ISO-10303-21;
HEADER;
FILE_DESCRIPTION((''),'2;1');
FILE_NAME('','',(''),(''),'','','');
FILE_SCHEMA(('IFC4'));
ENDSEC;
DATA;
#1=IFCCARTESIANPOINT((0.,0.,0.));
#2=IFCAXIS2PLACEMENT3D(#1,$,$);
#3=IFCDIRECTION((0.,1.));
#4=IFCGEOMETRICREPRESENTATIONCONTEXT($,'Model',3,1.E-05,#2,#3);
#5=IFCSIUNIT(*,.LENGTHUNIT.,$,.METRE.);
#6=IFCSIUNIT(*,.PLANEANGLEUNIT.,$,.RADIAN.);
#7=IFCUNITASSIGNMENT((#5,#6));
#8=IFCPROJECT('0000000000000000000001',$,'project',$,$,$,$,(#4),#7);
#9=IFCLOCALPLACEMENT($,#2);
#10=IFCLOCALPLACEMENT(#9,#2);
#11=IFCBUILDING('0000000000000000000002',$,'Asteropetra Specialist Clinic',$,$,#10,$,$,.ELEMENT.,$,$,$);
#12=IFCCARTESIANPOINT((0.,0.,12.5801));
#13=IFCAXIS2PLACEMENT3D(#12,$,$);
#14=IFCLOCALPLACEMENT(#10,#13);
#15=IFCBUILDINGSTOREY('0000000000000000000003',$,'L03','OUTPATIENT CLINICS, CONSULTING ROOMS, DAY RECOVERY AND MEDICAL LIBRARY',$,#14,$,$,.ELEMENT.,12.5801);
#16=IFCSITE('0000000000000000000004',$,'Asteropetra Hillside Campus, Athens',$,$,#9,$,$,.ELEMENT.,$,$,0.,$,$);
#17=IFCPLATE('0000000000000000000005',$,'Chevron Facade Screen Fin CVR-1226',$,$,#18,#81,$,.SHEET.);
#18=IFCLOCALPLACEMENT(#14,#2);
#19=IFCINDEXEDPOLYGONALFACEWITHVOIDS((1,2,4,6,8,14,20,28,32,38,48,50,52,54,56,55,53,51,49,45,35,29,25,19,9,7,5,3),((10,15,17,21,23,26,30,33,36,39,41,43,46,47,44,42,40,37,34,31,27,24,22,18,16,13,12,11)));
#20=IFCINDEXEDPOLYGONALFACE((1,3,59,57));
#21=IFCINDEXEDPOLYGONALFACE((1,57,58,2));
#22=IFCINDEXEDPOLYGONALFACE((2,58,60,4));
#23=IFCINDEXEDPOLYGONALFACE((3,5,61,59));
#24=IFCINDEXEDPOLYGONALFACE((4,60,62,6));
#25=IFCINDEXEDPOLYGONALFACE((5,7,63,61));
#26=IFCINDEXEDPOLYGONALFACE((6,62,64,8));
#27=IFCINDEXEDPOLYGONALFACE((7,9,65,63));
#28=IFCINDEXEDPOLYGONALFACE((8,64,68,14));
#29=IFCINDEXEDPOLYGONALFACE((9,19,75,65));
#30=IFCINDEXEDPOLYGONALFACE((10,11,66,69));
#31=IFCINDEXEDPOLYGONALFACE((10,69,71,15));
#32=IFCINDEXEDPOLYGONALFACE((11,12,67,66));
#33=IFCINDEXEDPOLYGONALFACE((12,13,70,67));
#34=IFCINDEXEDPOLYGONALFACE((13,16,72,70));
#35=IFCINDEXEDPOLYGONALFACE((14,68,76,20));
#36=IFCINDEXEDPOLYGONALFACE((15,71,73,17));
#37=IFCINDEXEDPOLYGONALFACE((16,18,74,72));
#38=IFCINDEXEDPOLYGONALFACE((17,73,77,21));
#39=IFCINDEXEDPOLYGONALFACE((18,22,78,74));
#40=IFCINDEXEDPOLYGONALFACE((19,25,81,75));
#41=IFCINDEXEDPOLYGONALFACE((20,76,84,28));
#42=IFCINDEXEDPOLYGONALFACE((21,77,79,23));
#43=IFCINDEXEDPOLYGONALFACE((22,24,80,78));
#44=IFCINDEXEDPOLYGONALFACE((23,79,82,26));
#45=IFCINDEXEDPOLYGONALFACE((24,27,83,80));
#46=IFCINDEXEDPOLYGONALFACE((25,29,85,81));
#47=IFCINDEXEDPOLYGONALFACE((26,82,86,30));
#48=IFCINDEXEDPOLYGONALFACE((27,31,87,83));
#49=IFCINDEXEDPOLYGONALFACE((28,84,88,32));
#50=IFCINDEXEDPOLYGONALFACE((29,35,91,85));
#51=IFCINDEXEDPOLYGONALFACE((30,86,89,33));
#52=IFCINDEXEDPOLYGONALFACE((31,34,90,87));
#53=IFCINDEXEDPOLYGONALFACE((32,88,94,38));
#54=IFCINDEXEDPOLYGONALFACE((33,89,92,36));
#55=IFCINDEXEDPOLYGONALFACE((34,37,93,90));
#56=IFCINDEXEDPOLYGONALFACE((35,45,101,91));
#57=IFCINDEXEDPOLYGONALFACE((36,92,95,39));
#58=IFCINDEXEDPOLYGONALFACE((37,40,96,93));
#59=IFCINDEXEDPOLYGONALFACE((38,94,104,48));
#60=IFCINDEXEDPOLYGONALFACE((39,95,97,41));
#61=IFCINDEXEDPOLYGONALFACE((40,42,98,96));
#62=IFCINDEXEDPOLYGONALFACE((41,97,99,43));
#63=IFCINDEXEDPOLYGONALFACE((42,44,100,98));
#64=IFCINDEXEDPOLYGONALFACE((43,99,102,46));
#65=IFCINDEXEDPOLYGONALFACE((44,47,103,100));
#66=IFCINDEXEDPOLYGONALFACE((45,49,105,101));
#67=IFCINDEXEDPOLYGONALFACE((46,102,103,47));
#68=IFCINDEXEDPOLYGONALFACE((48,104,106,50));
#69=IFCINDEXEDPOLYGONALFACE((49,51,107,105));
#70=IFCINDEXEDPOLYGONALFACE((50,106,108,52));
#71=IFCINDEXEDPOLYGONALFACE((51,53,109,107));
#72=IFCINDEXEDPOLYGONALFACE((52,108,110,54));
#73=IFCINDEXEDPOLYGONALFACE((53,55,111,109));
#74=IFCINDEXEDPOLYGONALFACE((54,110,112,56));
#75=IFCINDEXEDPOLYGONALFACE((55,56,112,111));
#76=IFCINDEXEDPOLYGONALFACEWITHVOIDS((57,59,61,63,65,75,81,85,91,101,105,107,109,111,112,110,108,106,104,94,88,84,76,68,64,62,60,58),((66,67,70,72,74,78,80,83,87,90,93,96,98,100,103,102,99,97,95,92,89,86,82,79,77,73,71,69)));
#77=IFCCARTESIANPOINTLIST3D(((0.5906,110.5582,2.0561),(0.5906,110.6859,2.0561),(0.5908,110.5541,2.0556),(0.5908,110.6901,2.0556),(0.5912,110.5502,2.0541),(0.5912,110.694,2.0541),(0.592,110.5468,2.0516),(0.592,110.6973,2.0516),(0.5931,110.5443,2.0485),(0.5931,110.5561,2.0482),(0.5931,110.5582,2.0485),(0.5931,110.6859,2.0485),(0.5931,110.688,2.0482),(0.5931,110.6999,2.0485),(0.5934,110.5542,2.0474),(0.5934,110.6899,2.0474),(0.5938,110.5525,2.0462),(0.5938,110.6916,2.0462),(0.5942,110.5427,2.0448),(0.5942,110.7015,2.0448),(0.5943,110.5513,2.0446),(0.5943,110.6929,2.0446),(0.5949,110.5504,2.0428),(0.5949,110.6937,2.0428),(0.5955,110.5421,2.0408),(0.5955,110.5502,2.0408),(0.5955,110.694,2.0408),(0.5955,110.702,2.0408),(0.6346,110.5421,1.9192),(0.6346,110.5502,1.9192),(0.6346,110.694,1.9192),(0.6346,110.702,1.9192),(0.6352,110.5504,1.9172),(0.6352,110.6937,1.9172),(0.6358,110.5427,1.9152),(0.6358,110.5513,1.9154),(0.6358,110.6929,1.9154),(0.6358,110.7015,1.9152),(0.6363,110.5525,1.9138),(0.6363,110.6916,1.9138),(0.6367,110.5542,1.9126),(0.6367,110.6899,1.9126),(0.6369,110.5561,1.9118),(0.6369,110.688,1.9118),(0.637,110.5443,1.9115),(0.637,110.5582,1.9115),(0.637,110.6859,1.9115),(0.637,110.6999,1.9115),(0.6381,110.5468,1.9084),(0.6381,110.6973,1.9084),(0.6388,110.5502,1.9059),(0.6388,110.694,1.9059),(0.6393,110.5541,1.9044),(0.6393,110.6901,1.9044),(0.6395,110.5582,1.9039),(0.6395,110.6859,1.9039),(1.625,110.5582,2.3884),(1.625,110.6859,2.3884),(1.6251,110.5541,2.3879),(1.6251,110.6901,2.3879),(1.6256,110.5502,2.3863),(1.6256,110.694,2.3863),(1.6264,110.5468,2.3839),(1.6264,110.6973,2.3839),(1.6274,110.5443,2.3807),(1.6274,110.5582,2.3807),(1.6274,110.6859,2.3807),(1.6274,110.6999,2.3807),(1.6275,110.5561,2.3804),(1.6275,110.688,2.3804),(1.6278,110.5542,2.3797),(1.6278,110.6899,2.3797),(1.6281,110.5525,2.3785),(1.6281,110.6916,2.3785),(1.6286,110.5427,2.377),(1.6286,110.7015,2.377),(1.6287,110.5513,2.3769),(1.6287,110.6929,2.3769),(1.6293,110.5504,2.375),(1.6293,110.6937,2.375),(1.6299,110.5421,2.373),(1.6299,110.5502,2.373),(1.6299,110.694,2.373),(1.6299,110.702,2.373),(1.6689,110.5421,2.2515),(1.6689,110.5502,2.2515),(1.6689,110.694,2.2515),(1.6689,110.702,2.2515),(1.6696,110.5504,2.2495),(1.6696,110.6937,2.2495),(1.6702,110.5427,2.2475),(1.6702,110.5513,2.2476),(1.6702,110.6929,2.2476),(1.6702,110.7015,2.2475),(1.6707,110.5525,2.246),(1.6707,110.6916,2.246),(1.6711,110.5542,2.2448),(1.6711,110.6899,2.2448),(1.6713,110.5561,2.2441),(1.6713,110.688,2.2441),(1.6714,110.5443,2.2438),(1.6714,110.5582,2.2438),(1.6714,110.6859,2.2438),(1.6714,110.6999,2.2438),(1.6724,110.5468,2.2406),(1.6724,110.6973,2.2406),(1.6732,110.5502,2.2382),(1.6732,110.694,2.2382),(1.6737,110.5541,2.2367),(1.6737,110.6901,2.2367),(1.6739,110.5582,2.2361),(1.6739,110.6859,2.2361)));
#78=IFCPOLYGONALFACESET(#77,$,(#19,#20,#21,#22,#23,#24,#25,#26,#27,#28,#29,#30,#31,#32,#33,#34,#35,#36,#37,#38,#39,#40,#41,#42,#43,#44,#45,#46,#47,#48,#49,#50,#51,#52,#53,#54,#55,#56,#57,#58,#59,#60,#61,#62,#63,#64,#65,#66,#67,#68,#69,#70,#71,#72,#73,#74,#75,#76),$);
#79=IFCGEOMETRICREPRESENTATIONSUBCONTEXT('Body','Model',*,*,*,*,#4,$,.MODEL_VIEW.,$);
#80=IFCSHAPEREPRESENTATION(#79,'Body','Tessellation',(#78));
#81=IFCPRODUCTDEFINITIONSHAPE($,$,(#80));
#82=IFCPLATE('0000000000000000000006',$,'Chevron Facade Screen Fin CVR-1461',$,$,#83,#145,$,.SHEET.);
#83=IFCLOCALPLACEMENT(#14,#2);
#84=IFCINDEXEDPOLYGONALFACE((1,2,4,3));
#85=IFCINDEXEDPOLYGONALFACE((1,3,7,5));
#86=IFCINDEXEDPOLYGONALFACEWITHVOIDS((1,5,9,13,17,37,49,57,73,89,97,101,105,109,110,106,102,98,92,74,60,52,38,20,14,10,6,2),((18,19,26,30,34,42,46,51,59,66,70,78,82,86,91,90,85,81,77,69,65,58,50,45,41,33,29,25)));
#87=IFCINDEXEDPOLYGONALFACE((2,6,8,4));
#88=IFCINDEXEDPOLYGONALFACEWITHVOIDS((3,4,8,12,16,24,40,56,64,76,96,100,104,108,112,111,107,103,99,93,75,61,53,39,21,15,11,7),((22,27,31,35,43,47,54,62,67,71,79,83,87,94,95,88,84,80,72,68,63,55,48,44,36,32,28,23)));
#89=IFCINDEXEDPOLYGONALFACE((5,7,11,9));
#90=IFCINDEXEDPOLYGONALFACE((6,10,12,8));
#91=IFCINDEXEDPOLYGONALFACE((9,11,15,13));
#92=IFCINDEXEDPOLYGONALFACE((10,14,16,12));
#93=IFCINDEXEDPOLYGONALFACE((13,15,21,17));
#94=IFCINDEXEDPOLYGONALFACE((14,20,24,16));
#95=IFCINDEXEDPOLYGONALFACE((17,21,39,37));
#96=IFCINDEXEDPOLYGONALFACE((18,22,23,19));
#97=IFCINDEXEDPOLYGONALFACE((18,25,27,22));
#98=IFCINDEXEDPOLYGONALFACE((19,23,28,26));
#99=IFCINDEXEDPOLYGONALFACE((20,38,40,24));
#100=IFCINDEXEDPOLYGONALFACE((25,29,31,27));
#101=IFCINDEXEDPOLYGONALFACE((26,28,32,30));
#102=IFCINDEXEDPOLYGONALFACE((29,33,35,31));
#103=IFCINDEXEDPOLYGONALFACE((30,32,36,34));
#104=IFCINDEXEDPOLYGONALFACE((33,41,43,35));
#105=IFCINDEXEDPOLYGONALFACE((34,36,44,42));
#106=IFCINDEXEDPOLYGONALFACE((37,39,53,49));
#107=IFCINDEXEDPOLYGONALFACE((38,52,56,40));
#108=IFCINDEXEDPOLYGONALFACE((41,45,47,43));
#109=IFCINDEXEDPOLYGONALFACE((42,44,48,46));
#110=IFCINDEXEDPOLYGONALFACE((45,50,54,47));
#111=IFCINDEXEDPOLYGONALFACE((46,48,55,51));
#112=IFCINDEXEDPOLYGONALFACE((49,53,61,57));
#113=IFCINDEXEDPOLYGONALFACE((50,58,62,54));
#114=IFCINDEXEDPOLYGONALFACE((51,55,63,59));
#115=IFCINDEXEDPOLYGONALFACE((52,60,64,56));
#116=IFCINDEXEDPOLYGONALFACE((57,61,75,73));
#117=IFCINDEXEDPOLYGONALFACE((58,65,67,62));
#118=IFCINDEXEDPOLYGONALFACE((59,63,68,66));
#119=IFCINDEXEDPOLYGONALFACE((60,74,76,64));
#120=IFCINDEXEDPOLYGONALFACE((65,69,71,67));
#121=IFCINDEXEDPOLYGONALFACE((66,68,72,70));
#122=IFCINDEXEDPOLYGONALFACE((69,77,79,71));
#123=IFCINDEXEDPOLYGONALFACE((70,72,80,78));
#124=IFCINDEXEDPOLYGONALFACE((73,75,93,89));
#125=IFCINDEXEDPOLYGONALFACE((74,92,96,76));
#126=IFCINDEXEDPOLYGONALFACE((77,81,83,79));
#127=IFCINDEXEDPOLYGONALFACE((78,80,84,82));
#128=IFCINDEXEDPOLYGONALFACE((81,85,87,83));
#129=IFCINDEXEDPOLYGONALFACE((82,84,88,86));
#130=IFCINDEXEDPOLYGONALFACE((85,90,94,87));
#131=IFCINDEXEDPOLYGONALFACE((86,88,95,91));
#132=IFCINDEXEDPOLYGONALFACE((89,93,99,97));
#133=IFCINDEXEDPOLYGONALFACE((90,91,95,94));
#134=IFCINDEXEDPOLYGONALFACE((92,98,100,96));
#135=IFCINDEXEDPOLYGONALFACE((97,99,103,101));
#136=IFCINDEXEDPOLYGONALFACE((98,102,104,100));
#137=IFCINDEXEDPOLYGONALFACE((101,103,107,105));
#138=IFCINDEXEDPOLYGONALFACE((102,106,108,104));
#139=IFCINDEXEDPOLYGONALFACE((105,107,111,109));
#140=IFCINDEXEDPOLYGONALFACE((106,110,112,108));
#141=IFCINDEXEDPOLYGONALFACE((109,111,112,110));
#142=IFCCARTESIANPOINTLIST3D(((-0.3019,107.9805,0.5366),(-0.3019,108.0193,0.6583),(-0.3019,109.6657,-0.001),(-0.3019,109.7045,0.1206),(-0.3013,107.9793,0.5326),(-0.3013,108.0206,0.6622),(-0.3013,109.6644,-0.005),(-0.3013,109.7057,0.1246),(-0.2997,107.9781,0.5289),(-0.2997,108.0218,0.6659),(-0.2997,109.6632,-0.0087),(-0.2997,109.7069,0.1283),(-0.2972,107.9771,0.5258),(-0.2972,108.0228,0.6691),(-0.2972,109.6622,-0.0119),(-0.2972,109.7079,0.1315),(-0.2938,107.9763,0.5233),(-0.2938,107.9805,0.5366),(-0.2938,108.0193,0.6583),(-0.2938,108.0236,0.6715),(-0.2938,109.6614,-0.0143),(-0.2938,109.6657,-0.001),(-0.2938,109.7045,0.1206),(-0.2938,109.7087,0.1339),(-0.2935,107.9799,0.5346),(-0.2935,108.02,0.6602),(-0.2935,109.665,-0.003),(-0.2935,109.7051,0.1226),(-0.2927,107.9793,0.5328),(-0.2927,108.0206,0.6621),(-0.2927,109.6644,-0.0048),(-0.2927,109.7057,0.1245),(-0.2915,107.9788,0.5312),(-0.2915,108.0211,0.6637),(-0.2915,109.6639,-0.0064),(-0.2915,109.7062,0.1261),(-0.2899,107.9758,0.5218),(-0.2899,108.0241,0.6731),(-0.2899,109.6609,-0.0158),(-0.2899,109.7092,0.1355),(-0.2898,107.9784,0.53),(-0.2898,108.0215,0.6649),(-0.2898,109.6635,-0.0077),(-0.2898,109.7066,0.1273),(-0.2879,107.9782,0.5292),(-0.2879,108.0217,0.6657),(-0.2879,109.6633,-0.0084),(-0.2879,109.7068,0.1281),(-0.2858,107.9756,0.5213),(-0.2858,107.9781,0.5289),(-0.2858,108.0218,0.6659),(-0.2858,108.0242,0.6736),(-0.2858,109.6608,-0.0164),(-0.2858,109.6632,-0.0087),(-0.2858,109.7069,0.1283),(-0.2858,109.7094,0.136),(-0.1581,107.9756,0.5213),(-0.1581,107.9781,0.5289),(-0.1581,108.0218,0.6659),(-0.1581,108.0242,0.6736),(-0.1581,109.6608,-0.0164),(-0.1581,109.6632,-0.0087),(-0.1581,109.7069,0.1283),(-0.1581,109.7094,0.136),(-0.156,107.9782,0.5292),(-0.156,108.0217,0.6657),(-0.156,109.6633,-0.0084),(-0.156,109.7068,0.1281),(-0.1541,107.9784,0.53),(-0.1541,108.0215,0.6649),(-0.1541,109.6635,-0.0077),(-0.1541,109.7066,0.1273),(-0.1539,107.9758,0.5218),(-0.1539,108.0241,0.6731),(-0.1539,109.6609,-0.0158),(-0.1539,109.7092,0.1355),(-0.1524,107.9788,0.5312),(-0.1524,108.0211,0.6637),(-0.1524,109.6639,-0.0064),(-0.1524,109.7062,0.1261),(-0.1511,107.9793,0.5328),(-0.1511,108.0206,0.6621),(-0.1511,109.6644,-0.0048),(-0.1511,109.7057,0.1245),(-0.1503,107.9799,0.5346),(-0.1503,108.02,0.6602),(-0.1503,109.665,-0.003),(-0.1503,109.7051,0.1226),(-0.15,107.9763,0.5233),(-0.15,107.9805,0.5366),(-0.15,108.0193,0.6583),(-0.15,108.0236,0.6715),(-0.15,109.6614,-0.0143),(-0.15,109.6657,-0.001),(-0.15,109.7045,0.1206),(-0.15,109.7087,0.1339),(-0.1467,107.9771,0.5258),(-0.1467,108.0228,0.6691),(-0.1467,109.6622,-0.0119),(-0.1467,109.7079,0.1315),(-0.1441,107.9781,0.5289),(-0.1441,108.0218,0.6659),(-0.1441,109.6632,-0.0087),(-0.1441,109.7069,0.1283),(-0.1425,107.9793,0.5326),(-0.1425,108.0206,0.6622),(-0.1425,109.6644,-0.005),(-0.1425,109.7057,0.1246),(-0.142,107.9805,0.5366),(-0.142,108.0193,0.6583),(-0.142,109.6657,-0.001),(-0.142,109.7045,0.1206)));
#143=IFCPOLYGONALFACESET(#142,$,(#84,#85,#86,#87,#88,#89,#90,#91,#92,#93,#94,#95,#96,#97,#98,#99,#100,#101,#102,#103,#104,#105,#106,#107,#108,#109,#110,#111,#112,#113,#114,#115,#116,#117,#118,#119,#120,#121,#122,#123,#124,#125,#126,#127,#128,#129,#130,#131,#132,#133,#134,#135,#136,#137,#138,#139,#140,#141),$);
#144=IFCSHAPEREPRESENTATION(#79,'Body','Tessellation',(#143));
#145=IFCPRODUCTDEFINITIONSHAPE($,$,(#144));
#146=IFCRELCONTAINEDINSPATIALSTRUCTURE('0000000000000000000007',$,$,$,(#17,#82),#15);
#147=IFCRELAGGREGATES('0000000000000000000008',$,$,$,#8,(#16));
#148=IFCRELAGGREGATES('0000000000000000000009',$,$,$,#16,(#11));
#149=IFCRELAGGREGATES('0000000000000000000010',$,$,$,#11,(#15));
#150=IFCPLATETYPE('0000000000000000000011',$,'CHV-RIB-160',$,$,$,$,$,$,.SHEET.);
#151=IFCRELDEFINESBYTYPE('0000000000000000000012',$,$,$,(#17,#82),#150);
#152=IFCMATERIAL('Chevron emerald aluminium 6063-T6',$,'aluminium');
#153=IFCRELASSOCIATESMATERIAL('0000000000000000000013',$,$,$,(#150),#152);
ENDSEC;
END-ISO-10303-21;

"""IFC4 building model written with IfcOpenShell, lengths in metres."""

from ifc_helpers import new_model, si_unit, direction, frame, origin, origin_2d, place, context, subcontext, project, spatial, hollow_rectangle, extrude, material, material_profile, profile_set, type_object, element, save


model = new_model("IFC4")

# Units and contexts
model_context = context("Model", 3, precision=1e-05, world=origin(), true_north=direction((0.0, 1.0)))
body_context = subcontext(model_context, "Body", "Model", "MODEL_VIEW")
ifc_project = project(units=[si_unit("LENGTHUNIT", "METRE"), si_unit("PLANEANGLEUNIT", "RADIAN")], contexts=[model_context])

# Site, building, storey
site_placement = place(None, origin())
site = spatial("IfcSite", under=ifc_project, at=site_placement, Name="Asteropetra Hillside Campus, Athens", CompositionType="ELEMENT", RefElevation=0.0)
building_placement = place(site_placement, origin())
building = spatial("IfcBuilding", under=site, at=building_placement, Name="Asteropetra Specialist Clinic", CompositionType="ELEMENT")
storey_placement = place(building_placement, frame((0.0, 0.0, 12.5801)))
storey = spatial("IfcBuildingStorey", under=building, at=storey_placement, Name="L03", Description="OUTPATIENT CLINICS, CONSULTING ROOMS, DAY RECOVERY AND MEDICAL LIBRARY", CompositionType="ELEMENT", Elevation=12.5801)

# Plates
ifc_material_1 = material(Name="Chevron emerald aluminium 6063-T6", Category="aluminium")
ifc_material_profile_1 = material_profile(ifc_material_1, hollow_rectangle(XDim=0.1599, YDim=0.1599, WallThickness=0.0081, InnerFilletRadius=0.0081, OuterFilletRadius=0.0161, at=origin_2d()), Name="SHS 160x160x8.0")
ifc_profile_set_1 = profile_set([ifc_material_profile_1], Name="Chevron emerald aluminium 6063-T6")
plate_type_1 = type_object("IfcPlateType", Name="CHV-RIB-160", PredefinedType="SHEET", material=ifc_profile_set_1)
for number, where, z_axis, x_axis, name in (
    (1, (1.6494, 110.6221, 2.3123), (-0.952087, 0.0, -0.305827), (0.0, -1.0, 0.0), "Chevron Facade Screen Fin CVR-1226"),
):
    element("IfcPlate", number, at=place(storey_placement, frame(where, z_axis=z_axis, x_axis=x_axis)), inside=storey, type_object=plate_type_1, Name=name, PredefinedType="SHEET", context=body_context, shape_type="SweptSolid", body=[
        extrude(hollow_rectangle(XDim=0.1599, YDim=0.1599, WallThickness=0.0081, InnerFilletRadius=0.0081, OuterFilletRadius=0.0161, at=origin_2d()), origin(), (0.0, 0.0, 1.0), 1.0864),
    ])
for number, where, z_axis, x_axis, name in (
    (2, (-0.2219, 109.6851, 0.0598), (0.0, -0.95269, 0.303944), (1.0, 0.0, 0.0), "Chevron Facade Screen Fin CVR-1461"),
):
    element("IfcPlate", number, at=place(storey_placement, frame(where, z_axis=z_axis, x_axis=x_axis)), inside=storey, type_object=plate_type_1, Name=name, PredefinedType="SHEET", context=body_context, shape_type="SweptSolid", body=[
        extrude(hollow_rectangle(XDim=0.1599, YDim=0.1599, WallThickness=0.0081, InnerFilletRadius=0.0081, OuterFilletRadius=0.0161, at=origin_2d()), origin(), (0.0, 0.0, 1.0), 1.7688),
    ])

save(model, "model.ifc")
